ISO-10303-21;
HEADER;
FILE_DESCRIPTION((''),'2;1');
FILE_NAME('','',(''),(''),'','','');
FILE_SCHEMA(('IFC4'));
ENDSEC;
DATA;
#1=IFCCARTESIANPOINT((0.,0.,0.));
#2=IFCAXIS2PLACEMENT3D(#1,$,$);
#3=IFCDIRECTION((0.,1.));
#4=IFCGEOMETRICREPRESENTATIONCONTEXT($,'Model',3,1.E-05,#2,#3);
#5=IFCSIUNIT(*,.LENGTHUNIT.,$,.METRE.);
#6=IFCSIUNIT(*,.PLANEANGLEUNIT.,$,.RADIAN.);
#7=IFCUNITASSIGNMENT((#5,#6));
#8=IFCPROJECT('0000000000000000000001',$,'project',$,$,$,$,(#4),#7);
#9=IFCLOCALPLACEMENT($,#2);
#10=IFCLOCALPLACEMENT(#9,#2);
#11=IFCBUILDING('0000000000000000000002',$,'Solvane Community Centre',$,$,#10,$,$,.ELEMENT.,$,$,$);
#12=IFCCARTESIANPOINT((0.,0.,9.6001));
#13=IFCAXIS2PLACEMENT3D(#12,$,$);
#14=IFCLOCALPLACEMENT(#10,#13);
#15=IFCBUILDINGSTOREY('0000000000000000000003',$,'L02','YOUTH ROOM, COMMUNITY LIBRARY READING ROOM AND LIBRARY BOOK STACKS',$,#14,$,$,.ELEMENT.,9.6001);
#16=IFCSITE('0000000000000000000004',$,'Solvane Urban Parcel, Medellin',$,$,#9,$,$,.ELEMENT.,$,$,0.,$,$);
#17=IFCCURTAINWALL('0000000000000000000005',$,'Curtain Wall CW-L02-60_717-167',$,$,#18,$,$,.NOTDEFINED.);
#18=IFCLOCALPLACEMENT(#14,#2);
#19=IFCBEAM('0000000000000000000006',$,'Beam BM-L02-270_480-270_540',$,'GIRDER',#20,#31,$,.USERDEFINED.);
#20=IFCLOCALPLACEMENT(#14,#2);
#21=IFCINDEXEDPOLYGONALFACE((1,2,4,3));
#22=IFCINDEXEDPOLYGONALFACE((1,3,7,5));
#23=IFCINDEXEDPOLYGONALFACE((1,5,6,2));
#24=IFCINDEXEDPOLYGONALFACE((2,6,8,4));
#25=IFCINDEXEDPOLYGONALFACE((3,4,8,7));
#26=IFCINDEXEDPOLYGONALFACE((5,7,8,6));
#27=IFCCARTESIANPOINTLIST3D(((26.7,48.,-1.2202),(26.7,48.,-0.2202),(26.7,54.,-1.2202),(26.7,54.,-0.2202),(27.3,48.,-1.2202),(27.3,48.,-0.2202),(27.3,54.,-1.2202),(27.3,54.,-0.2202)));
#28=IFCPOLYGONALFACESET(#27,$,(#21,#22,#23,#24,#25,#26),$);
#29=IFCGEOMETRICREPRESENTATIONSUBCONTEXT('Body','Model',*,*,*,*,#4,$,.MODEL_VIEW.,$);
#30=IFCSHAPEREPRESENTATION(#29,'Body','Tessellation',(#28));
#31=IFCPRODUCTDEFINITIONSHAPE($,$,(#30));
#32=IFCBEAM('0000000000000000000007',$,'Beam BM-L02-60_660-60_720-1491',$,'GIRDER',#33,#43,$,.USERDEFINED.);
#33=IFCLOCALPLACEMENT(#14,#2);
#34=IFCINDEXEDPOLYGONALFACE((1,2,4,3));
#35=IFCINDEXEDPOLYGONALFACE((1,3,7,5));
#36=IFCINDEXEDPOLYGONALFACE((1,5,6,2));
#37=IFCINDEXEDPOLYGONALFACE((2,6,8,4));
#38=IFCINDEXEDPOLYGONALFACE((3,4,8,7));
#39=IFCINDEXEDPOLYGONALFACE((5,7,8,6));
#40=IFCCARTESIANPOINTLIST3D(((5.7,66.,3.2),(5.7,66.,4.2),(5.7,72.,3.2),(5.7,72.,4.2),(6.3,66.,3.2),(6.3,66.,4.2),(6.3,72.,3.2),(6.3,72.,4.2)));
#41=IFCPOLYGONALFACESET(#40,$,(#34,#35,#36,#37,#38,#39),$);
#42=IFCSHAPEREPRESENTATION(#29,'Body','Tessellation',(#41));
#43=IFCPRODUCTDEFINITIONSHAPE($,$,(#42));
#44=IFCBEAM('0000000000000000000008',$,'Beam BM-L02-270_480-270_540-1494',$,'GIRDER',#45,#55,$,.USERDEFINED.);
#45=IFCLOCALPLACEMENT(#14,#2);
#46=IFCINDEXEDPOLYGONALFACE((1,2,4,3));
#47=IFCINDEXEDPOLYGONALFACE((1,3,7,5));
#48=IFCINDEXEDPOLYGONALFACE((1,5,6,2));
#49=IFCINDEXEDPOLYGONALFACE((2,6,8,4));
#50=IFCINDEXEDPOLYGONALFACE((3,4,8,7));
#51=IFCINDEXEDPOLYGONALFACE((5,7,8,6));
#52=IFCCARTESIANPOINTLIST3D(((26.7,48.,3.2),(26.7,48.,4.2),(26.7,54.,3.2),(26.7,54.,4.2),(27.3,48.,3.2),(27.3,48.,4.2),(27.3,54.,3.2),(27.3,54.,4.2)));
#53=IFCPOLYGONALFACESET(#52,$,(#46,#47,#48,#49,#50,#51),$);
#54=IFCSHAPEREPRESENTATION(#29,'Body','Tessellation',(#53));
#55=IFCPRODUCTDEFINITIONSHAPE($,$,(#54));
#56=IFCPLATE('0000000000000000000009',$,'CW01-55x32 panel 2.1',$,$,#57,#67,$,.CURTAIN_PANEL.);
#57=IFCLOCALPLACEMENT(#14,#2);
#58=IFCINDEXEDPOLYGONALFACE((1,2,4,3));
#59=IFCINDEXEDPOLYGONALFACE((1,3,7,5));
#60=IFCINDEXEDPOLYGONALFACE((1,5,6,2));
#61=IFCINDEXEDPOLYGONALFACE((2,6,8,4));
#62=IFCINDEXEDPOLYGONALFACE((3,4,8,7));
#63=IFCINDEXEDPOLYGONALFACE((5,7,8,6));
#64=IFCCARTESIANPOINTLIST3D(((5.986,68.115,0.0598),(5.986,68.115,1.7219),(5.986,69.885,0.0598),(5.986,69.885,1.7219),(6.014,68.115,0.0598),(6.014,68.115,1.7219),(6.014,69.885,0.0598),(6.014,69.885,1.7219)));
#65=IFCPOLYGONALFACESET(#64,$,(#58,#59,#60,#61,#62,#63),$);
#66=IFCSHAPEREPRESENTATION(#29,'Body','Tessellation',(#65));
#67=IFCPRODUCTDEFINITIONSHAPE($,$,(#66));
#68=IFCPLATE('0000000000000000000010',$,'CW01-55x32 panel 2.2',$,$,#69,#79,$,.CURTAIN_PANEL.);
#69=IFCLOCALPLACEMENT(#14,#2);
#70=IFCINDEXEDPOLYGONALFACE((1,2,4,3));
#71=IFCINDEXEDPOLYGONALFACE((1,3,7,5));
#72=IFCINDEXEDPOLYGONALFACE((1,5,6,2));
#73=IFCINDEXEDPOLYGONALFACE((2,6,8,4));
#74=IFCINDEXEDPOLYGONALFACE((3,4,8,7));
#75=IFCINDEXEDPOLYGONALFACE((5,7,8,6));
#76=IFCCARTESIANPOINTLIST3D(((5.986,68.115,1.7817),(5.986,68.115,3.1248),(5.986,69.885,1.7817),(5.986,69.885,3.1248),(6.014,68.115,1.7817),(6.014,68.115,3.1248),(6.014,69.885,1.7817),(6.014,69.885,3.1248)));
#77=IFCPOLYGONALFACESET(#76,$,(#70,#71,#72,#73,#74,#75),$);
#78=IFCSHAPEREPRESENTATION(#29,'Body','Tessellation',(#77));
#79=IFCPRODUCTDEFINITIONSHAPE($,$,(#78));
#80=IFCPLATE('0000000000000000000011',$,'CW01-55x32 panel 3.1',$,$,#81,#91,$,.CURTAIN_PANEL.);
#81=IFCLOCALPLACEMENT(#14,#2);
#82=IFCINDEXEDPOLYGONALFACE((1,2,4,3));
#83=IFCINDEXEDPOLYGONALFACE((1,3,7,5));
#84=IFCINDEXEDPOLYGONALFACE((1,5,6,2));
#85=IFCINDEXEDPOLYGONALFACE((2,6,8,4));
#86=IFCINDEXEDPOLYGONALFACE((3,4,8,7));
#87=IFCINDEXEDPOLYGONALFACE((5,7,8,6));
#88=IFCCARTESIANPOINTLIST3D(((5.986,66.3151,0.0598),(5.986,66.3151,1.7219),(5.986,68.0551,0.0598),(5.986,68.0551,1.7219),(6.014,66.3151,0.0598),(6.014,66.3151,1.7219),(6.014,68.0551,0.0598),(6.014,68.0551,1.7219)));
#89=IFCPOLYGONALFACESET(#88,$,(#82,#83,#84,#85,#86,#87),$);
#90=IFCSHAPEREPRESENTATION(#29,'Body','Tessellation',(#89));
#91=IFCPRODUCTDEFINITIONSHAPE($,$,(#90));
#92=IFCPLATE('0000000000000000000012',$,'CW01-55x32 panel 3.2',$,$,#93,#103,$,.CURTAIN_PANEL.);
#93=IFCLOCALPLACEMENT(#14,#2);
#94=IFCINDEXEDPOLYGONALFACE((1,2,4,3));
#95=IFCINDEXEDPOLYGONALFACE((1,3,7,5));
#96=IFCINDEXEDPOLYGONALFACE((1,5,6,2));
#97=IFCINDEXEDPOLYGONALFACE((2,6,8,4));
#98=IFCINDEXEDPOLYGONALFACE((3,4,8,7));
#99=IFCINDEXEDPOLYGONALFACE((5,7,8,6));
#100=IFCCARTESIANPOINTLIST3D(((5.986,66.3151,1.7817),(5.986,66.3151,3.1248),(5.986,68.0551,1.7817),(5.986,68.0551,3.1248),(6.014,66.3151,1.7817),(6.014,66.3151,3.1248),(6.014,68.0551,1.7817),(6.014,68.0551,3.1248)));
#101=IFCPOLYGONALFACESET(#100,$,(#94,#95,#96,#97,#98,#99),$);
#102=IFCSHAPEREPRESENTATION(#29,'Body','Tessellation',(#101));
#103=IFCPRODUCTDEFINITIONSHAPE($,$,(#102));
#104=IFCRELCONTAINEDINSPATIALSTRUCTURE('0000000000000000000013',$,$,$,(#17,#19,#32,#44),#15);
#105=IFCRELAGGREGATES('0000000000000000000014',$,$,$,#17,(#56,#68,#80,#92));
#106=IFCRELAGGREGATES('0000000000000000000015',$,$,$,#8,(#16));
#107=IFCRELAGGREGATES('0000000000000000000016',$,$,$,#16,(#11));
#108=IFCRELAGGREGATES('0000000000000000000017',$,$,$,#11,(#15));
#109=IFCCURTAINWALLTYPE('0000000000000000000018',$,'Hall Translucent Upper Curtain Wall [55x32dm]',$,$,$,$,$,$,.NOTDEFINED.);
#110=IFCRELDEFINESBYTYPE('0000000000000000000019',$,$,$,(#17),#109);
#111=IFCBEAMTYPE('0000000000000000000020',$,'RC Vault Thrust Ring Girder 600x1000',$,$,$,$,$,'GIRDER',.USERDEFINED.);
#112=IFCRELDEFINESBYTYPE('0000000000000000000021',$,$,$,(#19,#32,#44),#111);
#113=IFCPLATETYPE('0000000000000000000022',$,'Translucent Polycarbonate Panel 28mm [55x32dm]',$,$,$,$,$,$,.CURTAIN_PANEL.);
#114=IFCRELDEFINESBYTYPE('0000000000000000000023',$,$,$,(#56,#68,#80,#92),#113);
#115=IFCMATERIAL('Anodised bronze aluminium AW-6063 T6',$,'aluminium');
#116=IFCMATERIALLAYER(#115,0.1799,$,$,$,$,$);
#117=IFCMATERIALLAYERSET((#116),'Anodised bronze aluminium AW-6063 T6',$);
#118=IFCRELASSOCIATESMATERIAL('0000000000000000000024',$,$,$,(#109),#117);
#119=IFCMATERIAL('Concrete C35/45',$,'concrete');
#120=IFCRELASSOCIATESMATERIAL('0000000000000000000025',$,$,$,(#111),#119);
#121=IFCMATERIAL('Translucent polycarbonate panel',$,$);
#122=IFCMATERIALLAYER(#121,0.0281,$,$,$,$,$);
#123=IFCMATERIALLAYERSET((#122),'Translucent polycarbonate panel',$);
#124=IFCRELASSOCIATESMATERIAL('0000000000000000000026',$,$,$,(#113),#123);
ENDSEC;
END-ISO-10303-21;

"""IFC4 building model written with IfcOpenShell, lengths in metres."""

from ifc_helpers import new_model, si_unit, direction, frame, origin, origin_2d, place, context, subcontext, project, spatial, rectangle, extrude, material, layer, layer_set, material_profile, profile_set, type_object, element, aggregate, save


model = new_model("IFC4")

# Units and contexts
model_context = context("Model", 3, precision=1e-05, world=origin(), true_north=direction((0.0, 1.0)))
body_context = subcontext(model_context, "Body", "Model", "MODEL_VIEW")
ifc_project = project(units=[si_unit("LENGTHUNIT", "METRE"), si_unit("PLANEANGLEUNIT", "RADIAN")], contexts=[model_context])

# Site, building, storey
site_placement = place(None, origin())
site = spatial("IfcSite", under=ifc_project, at=site_placement, Name="Solvane Urban Parcel, Medellin", CompositionType="ELEMENT", RefElevation=0.0)
building_placement = place(site_placement, origin())
building = spatial("IfcBuilding", under=site, at=building_placement, Name="Solvane Community Centre", CompositionType="ELEMENT")
storey_placement = place(building_placement, frame((0.0, 0.0, 9.6001)))
storey = spatial("IfcBuildingStorey", under=building, at=storey_placement, Name="L02", Description="YOUTH ROOM, COMMUNITY LIBRARY READING ROOM AND LIBRARY BOOK STACKS", CompositionType="ELEMENT", Elevation=9.6001)

# Curtain wall
ifc_material_1 = material(Name="Anodised bronze aluminium AW-6063 T6", Category="aluminium")
ifc_layer_1 = layer(ifc_material_1, 0.1799)
ifc_layer_set_1 = layer_set([ifc_layer_1], Name="Anodised bronze aluminium AW-6063 T6")
curtain_wall_type = type_object("IfcCurtainWallType", Name="Hall Translucent Upper Curtain Wall [55x32dm]", PredefinedType="NOTDEFINED", material=ifc_layer_set_1)
curtain_wall_1_placement = place(storey_placement, origin())
curtain_wall_1 = element("IfcCurtainWall", 1, at=curtain_wall_1_placement, inside=storey, type_object=curtain_wall_type, Name="Curtain Wall CW-L02-60_717-167", PredefinedType="NOTDEFINED")

# Beams
ifc_material_2 = material(Name="Concrete C35/45", Category="concrete")
ifc_material_profile_1 = material_profile(ifc_material_2, rectangle(XDim=0.6001, YDim=1.0, at=origin_2d()), Name="RC 600x1000")
ifc_profile_set_1 = profile_set([ifc_material_profile_1], Name="Concrete C35/45")
beam_type_1 = type_object("IfcBeamType", Name="RC Vault Thrust Ring Girder 600x1000", ElementType="GIRDER", PredefinedType="USERDEFINED", material=ifc_profile_set_1)
for number, where, z_axis, x_axis, name in (
    (2, (27.0, 48.0, -0.7202), (0.0, 1.0, 0.0), (-1.0, 0.0, 0.0), "Beam BM-L02-270_480-270_540"),
    (3, (6.0, 66.0, 3.7), (0.0, 1.0, 0.0), (-1.0, 0.0, 0.0), "Beam BM-L02-60_660-60_720-1491"),
    (4, (27.0, 48.0, 3.7), (0.0, 1.0, 0.0), (-1.0, 0.0, 0.0), "Beam BM-L02-270_480-270_540-1494"),
):
    element("IfcBeam", number, at=place(storey_placement, frame(where, z_axis=z_axis, x_axis=x_axis)), inside=storey, type_object=beam_type_1, Name=name, ObjectType="GIRDER", PredefinedType="USERDEFINED", context=body_context, shape_type="SweptSolid", body=[
        extrude(rectangle(XDim=0.6001, YDim=1.0, at=origin_2d()), origin(), (0.0, 0.0, 1.0), 6.0),
    ])

# Plates
ifc_material_3 = material(Name="Translucent polycarbonate panel")
ifc_layer_2 = layer(ifc_material_3, 0.0281)
ifc_layer_set_2 = layer_set([ifc_layer_2], Name="Translucent polycarbonate panel")
plate_type = type_object("IfcPlateType", Name="Translucent Polycarbonate Panel 28mm [55x32dm]", PredefinedType="CURTAIN_PANEL", material=ifc_layer_set_2)
plate_1_placement = place(storey_placement, frame((6.0, 69.0, 0.0598), z_axis=(0.0, 0.0, 1.0), x_axis=(0.0, -1.0, 0.0)))
plate_1 = element("IfcPlate", 5, at=plate_1_placement, type_object=plate_type, Name="CW01-55x32 panel 2.1", PredefinedType="CURTAIN_PANEL", context=body_context, shape_type="SweptSolid", body=[
    extrude(rectangle(XDim=1.77, YDim=0.0281, at=origin_2d()), origin(), (0.0, 0.0, 1.0), 1.6621),
])
plate_2_placement = place(storey_placement, frame((6.0, 69.0, 1.7817), z_axis=(0.0, 0.0, 1.0), x_axis=(0.0, -1.0, 0.0)))
plate_2 = element("IfcPlate", 6, at=plate_2_placement, type_object=plate_type, Name="CW01-55x32 panel 2.2", PredefinedType="CURTAIN_PANEL", context=body_context, shape_type="SweptSolid", body=[
    extrude(rectangle(XDim=1.77, YDim=0.0281, at=origin_2d()), origin(), (0.0, 0.0, 1.0), 1.343),
])
plate_3_placement = place(storey_placement, frame((6.0, 67.1851, 0.0598), z_axis=(0.0, 0.0, 1.0), x_axis=(0.0, -1.0, 0.0)))
plate_3 = element("IfcPlate", 7, at=plate_3_placement, type_object=plate_type, Name="CW01-55x32 panel 3.1", PredefinedType="CURTAIN_PANEL", context=body_context, shape_type="SweptSolid", body=[
    extrude(rectangle(XDim=1.74, YDim=0.0281, at=origin_2d()), origin(), (0.0, 0.0, 1.0), 1.6621),
])
plate_4_placement = place(storey_placement, frame((6.0, 67.1851, 1.7817), z_axis=(0.0, 0.0, 1.0), x_axis=(0.0, -1.0, 0.0)))
plate_4 = element("IfcPlate", 8, at=plate_4_placement, type_object=plate_type, Name="CW01-55x32 panel 3.2", PredefinedType="CURTAIN_PANEL", context=body_context, shape_type="SweptSolid", body=[
    extrude(rectangle(XDim=1.74, YDim=0.0281, at=origin_2d()), origin(), (0.0, 0.0, 1.0), 1.343),
])
aggregate(curtain_wall_1, [plate_1, plate_2, plate_3, plate_4])

save(model, "model.ifc")
